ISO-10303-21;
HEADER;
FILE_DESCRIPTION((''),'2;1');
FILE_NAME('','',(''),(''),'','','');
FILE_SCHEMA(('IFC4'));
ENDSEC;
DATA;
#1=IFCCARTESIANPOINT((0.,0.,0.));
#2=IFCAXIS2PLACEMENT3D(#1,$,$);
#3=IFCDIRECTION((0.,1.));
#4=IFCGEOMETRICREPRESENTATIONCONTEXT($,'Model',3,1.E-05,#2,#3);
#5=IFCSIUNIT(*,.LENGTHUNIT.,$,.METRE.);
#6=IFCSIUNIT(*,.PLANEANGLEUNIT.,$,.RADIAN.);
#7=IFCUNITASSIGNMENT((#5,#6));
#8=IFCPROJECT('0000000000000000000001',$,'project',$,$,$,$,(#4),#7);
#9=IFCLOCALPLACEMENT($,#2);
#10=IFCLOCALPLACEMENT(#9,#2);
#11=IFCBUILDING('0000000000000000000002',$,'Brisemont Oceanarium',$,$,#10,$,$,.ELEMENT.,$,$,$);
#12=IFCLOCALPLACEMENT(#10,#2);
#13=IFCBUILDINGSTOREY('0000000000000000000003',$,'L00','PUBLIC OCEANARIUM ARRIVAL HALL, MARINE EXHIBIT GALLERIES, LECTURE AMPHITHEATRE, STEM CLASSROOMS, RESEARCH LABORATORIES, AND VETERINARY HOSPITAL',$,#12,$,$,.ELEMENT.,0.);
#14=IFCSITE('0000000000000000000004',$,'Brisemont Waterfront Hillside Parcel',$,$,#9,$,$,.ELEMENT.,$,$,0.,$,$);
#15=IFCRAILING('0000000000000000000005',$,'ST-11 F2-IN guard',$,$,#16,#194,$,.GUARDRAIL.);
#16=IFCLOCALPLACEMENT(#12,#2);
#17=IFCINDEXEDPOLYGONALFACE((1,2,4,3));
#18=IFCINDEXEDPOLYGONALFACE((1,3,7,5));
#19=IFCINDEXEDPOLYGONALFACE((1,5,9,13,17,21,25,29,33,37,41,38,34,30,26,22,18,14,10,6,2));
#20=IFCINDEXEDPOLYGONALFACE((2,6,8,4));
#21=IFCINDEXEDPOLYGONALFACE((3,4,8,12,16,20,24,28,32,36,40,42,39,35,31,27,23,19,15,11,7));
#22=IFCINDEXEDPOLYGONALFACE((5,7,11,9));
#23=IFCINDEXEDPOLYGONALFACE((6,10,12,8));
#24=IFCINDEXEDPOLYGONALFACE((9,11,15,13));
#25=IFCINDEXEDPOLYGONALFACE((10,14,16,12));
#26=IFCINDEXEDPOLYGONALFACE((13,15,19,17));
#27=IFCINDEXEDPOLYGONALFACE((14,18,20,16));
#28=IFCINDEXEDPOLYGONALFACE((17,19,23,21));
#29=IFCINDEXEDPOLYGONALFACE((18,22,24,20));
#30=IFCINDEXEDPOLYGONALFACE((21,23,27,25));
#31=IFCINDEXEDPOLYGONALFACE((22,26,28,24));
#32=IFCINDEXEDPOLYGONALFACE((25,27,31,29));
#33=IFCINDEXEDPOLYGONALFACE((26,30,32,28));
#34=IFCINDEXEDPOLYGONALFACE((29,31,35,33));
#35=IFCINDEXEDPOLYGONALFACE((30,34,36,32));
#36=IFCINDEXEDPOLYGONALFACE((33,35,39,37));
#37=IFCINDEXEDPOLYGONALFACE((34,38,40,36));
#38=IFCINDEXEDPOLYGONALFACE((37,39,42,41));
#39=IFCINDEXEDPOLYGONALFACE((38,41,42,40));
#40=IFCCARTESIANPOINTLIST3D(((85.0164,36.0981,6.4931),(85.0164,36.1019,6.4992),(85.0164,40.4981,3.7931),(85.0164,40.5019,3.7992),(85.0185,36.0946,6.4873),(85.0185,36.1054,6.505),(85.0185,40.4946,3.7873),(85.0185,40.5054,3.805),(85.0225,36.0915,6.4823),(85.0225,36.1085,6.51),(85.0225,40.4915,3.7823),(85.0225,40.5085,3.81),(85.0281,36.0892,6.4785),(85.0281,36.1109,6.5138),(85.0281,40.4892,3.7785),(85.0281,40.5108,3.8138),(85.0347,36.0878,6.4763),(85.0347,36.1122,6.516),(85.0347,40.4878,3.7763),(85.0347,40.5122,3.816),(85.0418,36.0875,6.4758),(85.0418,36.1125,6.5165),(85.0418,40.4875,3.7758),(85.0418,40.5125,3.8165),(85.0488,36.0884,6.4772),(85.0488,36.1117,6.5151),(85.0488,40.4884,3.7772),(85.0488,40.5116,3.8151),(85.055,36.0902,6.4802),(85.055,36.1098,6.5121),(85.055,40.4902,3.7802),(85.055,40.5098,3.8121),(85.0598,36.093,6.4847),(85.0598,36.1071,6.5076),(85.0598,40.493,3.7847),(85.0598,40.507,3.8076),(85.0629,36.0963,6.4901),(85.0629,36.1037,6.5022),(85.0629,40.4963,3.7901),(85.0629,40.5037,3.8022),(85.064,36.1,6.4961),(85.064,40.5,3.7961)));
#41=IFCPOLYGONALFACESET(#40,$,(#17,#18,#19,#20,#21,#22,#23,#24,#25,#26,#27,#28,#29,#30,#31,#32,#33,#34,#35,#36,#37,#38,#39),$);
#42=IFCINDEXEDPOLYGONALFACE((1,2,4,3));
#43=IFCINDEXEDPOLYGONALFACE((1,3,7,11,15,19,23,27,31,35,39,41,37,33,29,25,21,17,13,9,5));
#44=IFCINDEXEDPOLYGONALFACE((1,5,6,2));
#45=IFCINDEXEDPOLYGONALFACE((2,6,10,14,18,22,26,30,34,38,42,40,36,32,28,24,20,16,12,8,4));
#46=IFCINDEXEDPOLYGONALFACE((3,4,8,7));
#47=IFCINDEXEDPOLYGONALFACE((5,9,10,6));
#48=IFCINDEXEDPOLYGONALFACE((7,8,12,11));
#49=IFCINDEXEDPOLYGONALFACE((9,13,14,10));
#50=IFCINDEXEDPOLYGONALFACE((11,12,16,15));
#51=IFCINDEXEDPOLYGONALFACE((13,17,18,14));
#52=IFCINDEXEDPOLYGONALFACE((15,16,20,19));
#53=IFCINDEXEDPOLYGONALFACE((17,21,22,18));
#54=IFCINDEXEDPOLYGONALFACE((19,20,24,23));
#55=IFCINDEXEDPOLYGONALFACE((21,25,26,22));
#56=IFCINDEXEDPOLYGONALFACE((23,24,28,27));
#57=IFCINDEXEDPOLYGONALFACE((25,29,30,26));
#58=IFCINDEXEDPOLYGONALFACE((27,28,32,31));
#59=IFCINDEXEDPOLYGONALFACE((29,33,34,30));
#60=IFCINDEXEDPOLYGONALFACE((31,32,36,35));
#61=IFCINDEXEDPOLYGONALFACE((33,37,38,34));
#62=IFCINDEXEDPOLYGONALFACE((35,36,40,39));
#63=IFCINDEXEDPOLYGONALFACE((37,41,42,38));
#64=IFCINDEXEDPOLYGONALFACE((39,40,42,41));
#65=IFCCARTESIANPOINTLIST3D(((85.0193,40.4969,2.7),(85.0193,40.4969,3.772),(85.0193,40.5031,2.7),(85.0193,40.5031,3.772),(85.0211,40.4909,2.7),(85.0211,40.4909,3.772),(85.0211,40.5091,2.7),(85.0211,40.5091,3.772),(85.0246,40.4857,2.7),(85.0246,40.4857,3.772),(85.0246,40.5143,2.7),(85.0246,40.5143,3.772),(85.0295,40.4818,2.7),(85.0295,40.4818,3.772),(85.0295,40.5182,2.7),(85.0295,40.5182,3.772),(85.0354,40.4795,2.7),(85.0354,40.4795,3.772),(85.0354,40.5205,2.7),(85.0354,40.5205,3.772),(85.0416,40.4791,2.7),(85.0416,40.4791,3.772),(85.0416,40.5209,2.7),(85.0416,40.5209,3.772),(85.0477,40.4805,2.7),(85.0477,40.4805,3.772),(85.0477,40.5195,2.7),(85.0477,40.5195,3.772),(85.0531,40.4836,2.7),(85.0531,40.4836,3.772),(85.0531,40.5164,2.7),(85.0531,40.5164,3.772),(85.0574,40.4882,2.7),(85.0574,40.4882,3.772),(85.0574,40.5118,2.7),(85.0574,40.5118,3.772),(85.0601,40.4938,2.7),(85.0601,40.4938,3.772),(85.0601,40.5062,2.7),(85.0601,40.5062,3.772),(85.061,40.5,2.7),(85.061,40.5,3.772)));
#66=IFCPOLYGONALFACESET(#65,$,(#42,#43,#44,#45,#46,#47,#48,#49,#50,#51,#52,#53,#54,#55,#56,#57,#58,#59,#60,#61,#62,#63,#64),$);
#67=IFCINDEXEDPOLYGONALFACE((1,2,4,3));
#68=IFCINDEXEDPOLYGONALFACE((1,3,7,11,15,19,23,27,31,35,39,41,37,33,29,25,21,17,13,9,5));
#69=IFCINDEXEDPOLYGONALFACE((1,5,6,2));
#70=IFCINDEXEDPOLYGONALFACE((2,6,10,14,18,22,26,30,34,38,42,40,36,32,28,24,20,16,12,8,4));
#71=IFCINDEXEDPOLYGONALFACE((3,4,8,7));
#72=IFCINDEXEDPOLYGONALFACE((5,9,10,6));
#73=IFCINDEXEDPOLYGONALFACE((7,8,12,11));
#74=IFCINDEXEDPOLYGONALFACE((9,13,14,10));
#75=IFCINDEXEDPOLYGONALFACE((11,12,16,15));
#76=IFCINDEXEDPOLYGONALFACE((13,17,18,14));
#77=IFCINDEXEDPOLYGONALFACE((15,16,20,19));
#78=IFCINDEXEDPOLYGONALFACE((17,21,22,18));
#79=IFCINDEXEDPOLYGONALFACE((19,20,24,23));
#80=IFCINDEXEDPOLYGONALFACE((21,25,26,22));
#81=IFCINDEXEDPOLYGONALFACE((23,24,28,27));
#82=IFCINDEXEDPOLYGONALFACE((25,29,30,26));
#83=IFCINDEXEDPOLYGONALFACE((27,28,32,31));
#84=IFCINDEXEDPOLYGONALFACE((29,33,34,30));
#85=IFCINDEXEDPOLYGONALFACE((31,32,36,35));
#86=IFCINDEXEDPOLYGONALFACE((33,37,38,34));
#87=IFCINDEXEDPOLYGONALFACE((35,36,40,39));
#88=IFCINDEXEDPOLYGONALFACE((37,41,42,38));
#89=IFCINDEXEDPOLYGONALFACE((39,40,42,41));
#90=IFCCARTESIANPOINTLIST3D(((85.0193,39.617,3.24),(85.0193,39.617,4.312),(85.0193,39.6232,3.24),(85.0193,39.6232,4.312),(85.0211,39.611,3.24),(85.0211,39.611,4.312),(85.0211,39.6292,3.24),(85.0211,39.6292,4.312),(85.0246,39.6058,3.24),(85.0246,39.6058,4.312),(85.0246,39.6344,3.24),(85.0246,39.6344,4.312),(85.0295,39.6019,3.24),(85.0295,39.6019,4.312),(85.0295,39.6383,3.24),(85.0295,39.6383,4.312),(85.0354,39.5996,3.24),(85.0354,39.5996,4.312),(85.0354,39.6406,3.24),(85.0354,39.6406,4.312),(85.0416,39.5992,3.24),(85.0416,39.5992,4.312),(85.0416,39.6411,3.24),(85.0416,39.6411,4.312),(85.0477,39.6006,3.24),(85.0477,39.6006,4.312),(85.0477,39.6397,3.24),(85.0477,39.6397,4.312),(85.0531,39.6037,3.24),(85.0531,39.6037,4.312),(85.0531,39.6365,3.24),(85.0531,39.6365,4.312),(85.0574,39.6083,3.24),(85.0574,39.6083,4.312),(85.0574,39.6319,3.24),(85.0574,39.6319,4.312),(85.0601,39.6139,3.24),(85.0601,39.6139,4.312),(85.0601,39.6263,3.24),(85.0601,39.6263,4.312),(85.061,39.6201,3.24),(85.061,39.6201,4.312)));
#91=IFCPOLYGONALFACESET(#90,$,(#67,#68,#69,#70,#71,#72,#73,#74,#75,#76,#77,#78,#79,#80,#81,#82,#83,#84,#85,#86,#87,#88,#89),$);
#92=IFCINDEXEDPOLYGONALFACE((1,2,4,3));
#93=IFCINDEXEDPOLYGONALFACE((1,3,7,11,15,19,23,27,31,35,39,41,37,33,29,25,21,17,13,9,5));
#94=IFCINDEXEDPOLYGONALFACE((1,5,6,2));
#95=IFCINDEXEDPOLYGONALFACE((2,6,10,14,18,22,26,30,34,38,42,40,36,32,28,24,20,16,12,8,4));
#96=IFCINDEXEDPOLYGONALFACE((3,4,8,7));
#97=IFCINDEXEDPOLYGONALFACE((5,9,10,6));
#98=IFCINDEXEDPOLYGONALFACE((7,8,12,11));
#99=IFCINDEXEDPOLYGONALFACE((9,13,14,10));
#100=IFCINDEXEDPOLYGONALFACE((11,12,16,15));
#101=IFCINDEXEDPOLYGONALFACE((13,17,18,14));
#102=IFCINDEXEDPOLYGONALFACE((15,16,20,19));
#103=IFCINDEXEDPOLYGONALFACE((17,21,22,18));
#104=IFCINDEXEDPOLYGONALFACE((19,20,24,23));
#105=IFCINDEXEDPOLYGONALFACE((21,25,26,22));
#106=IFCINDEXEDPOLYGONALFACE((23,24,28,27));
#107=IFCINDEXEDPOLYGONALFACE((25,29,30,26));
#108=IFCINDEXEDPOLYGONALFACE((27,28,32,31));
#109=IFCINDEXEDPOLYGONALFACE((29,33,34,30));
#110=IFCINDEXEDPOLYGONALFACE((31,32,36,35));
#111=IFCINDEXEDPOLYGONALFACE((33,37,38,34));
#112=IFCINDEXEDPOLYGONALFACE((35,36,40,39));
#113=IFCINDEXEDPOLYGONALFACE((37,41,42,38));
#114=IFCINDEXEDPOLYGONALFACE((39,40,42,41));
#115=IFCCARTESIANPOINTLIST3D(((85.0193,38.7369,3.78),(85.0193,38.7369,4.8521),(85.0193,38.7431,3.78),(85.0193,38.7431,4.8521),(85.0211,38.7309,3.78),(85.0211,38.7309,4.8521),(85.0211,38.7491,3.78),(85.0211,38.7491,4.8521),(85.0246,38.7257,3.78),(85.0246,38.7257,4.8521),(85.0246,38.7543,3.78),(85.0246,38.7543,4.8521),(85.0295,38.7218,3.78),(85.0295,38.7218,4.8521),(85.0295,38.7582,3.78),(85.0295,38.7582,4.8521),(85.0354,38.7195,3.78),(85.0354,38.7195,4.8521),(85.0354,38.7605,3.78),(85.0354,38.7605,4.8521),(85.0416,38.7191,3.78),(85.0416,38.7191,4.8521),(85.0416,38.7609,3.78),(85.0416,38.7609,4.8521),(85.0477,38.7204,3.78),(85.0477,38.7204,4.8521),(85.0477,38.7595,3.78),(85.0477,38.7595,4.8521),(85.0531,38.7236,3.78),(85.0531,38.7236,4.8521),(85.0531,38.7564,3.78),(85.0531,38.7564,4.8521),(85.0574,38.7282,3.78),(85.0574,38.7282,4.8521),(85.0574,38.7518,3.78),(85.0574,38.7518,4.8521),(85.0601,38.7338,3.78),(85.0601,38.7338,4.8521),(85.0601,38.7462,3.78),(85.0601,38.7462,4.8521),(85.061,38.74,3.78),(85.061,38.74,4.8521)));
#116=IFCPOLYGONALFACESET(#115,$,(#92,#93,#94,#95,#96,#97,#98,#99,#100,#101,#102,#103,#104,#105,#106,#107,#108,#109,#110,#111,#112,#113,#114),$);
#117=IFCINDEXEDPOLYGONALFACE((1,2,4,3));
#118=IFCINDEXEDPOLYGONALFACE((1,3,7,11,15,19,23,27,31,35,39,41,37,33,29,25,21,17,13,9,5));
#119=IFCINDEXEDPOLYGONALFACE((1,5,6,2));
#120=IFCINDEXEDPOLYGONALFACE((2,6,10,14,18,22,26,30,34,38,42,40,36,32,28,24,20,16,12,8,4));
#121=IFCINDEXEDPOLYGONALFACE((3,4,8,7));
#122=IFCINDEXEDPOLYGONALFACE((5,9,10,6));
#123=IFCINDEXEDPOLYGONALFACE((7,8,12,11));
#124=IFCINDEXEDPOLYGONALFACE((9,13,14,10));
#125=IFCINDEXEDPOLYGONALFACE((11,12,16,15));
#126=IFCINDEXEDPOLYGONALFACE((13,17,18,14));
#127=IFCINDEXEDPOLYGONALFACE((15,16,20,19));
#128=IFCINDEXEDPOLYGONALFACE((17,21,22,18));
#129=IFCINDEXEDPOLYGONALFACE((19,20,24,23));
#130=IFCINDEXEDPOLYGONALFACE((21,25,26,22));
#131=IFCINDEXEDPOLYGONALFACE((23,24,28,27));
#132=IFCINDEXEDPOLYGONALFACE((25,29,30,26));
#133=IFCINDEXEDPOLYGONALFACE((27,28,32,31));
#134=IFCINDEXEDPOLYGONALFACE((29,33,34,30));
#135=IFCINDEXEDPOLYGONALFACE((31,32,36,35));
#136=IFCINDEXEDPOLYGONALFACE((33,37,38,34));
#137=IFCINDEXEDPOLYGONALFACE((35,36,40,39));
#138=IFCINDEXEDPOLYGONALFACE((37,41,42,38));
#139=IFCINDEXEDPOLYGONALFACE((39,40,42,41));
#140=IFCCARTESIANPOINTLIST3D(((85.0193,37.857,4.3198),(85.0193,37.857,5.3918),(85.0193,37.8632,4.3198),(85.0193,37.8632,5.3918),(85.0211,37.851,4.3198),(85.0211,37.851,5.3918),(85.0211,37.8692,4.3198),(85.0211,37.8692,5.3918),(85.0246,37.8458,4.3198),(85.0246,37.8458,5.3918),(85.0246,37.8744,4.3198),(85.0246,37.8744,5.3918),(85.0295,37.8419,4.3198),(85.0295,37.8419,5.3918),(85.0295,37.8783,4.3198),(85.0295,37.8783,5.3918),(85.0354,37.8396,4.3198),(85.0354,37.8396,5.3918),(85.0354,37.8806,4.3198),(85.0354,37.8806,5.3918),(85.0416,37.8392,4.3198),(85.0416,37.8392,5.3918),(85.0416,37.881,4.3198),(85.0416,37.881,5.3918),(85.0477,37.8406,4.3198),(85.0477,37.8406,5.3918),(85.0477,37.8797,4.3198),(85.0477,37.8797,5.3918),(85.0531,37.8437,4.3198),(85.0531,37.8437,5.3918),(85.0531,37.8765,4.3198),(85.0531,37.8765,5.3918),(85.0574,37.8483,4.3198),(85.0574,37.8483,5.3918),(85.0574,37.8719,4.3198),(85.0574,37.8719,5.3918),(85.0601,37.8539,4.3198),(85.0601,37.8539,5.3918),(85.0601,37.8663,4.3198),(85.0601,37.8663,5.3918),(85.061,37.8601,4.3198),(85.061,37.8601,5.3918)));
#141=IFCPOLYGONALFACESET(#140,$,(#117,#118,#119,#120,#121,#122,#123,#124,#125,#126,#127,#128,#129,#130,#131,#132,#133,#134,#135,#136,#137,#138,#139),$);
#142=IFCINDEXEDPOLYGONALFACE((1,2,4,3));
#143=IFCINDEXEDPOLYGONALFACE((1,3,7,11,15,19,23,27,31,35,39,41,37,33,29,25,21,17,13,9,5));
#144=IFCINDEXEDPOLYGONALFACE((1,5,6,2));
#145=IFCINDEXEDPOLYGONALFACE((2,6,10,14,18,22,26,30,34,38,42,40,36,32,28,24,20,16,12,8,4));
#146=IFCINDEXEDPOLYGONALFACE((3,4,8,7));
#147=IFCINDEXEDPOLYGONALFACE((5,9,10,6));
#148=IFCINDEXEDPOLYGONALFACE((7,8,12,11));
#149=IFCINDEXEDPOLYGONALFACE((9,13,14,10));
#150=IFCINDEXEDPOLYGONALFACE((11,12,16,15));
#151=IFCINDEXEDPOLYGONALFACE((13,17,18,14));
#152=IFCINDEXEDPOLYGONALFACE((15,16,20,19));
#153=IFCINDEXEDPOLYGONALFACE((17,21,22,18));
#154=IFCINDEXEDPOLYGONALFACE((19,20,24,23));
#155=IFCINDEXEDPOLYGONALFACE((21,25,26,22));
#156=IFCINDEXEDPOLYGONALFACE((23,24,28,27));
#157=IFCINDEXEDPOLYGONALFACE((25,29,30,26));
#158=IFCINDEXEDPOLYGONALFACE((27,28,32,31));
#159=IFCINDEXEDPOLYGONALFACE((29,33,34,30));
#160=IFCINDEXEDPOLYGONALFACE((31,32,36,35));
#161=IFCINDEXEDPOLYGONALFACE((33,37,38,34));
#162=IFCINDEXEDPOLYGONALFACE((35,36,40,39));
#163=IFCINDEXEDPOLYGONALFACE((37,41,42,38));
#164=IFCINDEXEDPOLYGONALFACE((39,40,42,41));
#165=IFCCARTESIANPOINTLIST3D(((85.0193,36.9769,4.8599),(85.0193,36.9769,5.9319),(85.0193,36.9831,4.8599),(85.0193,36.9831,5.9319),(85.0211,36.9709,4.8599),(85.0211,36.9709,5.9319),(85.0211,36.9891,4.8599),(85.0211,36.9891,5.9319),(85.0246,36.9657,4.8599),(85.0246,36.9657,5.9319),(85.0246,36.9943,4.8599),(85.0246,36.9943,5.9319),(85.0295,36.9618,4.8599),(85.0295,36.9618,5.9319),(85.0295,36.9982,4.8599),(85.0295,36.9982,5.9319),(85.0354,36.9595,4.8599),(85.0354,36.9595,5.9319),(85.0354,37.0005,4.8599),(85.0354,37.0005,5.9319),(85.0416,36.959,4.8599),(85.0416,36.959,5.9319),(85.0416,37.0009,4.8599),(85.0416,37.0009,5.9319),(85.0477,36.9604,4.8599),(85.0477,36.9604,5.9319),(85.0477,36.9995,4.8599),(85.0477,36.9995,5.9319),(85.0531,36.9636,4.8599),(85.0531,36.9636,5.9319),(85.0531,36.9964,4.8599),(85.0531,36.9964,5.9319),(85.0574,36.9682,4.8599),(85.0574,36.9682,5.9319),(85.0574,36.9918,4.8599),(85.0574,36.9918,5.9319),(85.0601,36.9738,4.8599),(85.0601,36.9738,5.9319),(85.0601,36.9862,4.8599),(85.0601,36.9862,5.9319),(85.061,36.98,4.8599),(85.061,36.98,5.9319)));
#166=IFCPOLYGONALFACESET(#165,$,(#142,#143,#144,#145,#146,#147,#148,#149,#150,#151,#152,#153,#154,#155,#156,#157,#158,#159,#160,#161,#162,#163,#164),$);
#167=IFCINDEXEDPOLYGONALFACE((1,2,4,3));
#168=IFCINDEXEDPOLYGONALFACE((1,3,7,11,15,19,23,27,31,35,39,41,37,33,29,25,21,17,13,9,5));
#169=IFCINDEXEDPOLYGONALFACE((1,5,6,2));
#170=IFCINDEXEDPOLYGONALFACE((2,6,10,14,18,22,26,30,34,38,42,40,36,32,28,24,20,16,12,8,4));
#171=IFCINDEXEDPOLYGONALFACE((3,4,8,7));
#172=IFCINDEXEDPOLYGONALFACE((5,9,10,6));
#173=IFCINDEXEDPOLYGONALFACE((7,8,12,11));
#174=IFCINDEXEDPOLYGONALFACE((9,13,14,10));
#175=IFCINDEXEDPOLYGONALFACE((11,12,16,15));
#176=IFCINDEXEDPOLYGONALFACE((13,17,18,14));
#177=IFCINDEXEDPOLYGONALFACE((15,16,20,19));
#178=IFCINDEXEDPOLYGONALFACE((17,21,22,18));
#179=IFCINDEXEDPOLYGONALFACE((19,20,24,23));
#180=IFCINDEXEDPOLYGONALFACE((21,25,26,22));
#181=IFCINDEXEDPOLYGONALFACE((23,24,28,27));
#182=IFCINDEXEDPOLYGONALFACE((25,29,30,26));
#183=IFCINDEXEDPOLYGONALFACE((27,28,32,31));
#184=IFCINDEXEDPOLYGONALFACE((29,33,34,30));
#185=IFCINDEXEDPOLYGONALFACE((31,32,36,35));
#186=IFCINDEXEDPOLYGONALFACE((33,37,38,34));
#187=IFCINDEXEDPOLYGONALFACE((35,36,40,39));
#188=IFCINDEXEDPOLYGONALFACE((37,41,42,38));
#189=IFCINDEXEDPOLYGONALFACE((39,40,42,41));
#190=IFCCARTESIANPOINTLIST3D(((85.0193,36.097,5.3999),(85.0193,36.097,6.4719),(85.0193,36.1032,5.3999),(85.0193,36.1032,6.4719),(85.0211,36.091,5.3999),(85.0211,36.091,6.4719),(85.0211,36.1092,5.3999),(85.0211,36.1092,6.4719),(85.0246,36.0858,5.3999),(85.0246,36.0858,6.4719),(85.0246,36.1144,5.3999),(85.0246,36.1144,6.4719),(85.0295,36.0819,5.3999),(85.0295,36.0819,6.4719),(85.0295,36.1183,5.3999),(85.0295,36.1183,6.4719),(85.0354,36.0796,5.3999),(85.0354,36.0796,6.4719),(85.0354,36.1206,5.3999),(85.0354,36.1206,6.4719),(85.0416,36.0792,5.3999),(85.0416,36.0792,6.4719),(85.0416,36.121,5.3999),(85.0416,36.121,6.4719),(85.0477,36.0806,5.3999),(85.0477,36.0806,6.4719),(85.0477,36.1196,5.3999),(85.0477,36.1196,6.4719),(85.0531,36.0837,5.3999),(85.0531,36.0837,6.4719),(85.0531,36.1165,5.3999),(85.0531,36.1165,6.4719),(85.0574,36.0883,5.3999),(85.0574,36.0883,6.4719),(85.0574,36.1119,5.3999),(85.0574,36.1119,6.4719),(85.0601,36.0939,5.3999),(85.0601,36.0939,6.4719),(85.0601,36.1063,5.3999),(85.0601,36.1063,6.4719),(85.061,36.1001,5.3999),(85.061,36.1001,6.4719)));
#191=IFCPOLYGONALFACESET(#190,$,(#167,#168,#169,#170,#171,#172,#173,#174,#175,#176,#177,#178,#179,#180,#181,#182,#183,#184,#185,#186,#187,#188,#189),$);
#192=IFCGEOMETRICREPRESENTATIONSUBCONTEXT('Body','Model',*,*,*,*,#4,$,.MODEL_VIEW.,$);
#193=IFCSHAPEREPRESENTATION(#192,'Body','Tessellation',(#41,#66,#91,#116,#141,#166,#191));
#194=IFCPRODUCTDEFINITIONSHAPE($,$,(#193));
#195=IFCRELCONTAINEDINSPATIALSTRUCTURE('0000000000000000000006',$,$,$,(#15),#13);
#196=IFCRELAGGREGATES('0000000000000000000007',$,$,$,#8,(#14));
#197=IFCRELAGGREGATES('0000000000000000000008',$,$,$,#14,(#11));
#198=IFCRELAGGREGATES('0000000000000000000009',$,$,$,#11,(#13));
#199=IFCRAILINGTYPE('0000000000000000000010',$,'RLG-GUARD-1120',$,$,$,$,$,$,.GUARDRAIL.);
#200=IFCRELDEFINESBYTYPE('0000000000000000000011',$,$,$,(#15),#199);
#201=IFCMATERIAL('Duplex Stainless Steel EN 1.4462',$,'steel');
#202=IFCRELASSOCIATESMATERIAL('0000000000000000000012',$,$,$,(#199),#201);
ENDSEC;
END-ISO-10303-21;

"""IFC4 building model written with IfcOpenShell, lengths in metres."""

from ifc_helpers import new_model, si_unit, direction, frame, origin, origin_2d, place, context, subcontext, project, spatial, circle, extrude, material, type_object, element, save


model = new_model("IFC4")

# Units and contexts
model_context = context("Model", 3, precision=1e-05, world=origin(), true_north=direction((0.0, 1.0)))
body_context = subcontext(model_context, "Body", "Model", "MODEL_VIEW")
ifc_project = project(units=[si_unit("LENGTHUNIT", "METRE"), si_unit("PLANEANGLEUNIT", "RADIAN")], contexts=[model_context])

# Site, building, storey
site_placement = place(None, origin())
site = spatial("IfcSite", under=ifc_project, at=site_placement, Name="Brisemont Waterfront Hillside Parcel", CompositionType="ELEMENT", RefElevation=0.0)
building_placement = place(site_placement, origin())
building = spatial("IfcBuilding", under=site, at=building_placement, Name="Brisemont Oceanarium", CompositionType="ELEMENT")
storey_placement = place(building_placement, origin())
storey = spatial("IfcBuildingStorey", under=building, at=storey_placement, Name="L00", Description="PUBLIC OCEANARIUM ARRIVAL HALL, MARINE EXHIBIT GALLERIES, LECTURE AMPHITHEATRE, STEM CLASSROOMS, RESEARCH LABORATORIES, AND VETERINARY HOSPITAL", CompositionType="ELEMENT", Elevation=0.0)

# Railing
ifc_material_1 = material(Name="Duplex Stainless Steel EN 1.4462", Category="steel")
railing_type_1 = type_object("IfcRailingType", Name="RLG-GUARD-1120", PredefinedType="GUARDRAIL", material=ifc_material_1)
for number, where, name in (
    (1, (85.04, 40.5, 2.7), "ST-11 F2-IN guard"),
):
    element("IfcRailing", number, at=place(storey_placement, frame(where)), inside=storey, type_object=railing_type_1, Name=name, PredefinedType="GUARDRAIL", context=body_context, shape_type="SweptSolid", body=[
        extrude(circle(Radius=0.0239, at=origin_2d()), frame((0.0, 0.0, 1.0962), z_axis=(0.0, -0.852322, 0.523018), x_axis=(1.0, 0.0, 0.0)), (0.0, 0.0, 1.0), 5.1624),
        extrude(circle(Radius=0.021, at=origin_2d()), origin(), (0.0, 0.0, 1.0), 1.072),
        extrude(circle(Radius=0.021, at=origin_2d()), frame((0.0, -0.8799, 0.54)), (0.0, 0.0, 1.0), 1.072),
        extrude(circle(Radius=0.021, at=origin_2d()), frame((0.0, -1.76, 1.0801)), (0.0, 0.0, 1.0), 1.072),
        extrude(circle(Radius=0.021, at=origin_2d()), frame((0.0, -2.6399, 1.6199)), (0.0, 0.0, 1.0), 1.072),
        extrude(circle(Radius=0.021, at=origin_2d()), frame((0.0, -3.52, 2.1599)), (0.0, 0.0, 1.0), 1.072),
        extrude(circle(Radius=0.021, at=origin_2d()), frame((0.0, -4.3999, 2.7)), (0.0, 0.0, 1.0), 1.072),
    ])

save(model, "model.ifc")
